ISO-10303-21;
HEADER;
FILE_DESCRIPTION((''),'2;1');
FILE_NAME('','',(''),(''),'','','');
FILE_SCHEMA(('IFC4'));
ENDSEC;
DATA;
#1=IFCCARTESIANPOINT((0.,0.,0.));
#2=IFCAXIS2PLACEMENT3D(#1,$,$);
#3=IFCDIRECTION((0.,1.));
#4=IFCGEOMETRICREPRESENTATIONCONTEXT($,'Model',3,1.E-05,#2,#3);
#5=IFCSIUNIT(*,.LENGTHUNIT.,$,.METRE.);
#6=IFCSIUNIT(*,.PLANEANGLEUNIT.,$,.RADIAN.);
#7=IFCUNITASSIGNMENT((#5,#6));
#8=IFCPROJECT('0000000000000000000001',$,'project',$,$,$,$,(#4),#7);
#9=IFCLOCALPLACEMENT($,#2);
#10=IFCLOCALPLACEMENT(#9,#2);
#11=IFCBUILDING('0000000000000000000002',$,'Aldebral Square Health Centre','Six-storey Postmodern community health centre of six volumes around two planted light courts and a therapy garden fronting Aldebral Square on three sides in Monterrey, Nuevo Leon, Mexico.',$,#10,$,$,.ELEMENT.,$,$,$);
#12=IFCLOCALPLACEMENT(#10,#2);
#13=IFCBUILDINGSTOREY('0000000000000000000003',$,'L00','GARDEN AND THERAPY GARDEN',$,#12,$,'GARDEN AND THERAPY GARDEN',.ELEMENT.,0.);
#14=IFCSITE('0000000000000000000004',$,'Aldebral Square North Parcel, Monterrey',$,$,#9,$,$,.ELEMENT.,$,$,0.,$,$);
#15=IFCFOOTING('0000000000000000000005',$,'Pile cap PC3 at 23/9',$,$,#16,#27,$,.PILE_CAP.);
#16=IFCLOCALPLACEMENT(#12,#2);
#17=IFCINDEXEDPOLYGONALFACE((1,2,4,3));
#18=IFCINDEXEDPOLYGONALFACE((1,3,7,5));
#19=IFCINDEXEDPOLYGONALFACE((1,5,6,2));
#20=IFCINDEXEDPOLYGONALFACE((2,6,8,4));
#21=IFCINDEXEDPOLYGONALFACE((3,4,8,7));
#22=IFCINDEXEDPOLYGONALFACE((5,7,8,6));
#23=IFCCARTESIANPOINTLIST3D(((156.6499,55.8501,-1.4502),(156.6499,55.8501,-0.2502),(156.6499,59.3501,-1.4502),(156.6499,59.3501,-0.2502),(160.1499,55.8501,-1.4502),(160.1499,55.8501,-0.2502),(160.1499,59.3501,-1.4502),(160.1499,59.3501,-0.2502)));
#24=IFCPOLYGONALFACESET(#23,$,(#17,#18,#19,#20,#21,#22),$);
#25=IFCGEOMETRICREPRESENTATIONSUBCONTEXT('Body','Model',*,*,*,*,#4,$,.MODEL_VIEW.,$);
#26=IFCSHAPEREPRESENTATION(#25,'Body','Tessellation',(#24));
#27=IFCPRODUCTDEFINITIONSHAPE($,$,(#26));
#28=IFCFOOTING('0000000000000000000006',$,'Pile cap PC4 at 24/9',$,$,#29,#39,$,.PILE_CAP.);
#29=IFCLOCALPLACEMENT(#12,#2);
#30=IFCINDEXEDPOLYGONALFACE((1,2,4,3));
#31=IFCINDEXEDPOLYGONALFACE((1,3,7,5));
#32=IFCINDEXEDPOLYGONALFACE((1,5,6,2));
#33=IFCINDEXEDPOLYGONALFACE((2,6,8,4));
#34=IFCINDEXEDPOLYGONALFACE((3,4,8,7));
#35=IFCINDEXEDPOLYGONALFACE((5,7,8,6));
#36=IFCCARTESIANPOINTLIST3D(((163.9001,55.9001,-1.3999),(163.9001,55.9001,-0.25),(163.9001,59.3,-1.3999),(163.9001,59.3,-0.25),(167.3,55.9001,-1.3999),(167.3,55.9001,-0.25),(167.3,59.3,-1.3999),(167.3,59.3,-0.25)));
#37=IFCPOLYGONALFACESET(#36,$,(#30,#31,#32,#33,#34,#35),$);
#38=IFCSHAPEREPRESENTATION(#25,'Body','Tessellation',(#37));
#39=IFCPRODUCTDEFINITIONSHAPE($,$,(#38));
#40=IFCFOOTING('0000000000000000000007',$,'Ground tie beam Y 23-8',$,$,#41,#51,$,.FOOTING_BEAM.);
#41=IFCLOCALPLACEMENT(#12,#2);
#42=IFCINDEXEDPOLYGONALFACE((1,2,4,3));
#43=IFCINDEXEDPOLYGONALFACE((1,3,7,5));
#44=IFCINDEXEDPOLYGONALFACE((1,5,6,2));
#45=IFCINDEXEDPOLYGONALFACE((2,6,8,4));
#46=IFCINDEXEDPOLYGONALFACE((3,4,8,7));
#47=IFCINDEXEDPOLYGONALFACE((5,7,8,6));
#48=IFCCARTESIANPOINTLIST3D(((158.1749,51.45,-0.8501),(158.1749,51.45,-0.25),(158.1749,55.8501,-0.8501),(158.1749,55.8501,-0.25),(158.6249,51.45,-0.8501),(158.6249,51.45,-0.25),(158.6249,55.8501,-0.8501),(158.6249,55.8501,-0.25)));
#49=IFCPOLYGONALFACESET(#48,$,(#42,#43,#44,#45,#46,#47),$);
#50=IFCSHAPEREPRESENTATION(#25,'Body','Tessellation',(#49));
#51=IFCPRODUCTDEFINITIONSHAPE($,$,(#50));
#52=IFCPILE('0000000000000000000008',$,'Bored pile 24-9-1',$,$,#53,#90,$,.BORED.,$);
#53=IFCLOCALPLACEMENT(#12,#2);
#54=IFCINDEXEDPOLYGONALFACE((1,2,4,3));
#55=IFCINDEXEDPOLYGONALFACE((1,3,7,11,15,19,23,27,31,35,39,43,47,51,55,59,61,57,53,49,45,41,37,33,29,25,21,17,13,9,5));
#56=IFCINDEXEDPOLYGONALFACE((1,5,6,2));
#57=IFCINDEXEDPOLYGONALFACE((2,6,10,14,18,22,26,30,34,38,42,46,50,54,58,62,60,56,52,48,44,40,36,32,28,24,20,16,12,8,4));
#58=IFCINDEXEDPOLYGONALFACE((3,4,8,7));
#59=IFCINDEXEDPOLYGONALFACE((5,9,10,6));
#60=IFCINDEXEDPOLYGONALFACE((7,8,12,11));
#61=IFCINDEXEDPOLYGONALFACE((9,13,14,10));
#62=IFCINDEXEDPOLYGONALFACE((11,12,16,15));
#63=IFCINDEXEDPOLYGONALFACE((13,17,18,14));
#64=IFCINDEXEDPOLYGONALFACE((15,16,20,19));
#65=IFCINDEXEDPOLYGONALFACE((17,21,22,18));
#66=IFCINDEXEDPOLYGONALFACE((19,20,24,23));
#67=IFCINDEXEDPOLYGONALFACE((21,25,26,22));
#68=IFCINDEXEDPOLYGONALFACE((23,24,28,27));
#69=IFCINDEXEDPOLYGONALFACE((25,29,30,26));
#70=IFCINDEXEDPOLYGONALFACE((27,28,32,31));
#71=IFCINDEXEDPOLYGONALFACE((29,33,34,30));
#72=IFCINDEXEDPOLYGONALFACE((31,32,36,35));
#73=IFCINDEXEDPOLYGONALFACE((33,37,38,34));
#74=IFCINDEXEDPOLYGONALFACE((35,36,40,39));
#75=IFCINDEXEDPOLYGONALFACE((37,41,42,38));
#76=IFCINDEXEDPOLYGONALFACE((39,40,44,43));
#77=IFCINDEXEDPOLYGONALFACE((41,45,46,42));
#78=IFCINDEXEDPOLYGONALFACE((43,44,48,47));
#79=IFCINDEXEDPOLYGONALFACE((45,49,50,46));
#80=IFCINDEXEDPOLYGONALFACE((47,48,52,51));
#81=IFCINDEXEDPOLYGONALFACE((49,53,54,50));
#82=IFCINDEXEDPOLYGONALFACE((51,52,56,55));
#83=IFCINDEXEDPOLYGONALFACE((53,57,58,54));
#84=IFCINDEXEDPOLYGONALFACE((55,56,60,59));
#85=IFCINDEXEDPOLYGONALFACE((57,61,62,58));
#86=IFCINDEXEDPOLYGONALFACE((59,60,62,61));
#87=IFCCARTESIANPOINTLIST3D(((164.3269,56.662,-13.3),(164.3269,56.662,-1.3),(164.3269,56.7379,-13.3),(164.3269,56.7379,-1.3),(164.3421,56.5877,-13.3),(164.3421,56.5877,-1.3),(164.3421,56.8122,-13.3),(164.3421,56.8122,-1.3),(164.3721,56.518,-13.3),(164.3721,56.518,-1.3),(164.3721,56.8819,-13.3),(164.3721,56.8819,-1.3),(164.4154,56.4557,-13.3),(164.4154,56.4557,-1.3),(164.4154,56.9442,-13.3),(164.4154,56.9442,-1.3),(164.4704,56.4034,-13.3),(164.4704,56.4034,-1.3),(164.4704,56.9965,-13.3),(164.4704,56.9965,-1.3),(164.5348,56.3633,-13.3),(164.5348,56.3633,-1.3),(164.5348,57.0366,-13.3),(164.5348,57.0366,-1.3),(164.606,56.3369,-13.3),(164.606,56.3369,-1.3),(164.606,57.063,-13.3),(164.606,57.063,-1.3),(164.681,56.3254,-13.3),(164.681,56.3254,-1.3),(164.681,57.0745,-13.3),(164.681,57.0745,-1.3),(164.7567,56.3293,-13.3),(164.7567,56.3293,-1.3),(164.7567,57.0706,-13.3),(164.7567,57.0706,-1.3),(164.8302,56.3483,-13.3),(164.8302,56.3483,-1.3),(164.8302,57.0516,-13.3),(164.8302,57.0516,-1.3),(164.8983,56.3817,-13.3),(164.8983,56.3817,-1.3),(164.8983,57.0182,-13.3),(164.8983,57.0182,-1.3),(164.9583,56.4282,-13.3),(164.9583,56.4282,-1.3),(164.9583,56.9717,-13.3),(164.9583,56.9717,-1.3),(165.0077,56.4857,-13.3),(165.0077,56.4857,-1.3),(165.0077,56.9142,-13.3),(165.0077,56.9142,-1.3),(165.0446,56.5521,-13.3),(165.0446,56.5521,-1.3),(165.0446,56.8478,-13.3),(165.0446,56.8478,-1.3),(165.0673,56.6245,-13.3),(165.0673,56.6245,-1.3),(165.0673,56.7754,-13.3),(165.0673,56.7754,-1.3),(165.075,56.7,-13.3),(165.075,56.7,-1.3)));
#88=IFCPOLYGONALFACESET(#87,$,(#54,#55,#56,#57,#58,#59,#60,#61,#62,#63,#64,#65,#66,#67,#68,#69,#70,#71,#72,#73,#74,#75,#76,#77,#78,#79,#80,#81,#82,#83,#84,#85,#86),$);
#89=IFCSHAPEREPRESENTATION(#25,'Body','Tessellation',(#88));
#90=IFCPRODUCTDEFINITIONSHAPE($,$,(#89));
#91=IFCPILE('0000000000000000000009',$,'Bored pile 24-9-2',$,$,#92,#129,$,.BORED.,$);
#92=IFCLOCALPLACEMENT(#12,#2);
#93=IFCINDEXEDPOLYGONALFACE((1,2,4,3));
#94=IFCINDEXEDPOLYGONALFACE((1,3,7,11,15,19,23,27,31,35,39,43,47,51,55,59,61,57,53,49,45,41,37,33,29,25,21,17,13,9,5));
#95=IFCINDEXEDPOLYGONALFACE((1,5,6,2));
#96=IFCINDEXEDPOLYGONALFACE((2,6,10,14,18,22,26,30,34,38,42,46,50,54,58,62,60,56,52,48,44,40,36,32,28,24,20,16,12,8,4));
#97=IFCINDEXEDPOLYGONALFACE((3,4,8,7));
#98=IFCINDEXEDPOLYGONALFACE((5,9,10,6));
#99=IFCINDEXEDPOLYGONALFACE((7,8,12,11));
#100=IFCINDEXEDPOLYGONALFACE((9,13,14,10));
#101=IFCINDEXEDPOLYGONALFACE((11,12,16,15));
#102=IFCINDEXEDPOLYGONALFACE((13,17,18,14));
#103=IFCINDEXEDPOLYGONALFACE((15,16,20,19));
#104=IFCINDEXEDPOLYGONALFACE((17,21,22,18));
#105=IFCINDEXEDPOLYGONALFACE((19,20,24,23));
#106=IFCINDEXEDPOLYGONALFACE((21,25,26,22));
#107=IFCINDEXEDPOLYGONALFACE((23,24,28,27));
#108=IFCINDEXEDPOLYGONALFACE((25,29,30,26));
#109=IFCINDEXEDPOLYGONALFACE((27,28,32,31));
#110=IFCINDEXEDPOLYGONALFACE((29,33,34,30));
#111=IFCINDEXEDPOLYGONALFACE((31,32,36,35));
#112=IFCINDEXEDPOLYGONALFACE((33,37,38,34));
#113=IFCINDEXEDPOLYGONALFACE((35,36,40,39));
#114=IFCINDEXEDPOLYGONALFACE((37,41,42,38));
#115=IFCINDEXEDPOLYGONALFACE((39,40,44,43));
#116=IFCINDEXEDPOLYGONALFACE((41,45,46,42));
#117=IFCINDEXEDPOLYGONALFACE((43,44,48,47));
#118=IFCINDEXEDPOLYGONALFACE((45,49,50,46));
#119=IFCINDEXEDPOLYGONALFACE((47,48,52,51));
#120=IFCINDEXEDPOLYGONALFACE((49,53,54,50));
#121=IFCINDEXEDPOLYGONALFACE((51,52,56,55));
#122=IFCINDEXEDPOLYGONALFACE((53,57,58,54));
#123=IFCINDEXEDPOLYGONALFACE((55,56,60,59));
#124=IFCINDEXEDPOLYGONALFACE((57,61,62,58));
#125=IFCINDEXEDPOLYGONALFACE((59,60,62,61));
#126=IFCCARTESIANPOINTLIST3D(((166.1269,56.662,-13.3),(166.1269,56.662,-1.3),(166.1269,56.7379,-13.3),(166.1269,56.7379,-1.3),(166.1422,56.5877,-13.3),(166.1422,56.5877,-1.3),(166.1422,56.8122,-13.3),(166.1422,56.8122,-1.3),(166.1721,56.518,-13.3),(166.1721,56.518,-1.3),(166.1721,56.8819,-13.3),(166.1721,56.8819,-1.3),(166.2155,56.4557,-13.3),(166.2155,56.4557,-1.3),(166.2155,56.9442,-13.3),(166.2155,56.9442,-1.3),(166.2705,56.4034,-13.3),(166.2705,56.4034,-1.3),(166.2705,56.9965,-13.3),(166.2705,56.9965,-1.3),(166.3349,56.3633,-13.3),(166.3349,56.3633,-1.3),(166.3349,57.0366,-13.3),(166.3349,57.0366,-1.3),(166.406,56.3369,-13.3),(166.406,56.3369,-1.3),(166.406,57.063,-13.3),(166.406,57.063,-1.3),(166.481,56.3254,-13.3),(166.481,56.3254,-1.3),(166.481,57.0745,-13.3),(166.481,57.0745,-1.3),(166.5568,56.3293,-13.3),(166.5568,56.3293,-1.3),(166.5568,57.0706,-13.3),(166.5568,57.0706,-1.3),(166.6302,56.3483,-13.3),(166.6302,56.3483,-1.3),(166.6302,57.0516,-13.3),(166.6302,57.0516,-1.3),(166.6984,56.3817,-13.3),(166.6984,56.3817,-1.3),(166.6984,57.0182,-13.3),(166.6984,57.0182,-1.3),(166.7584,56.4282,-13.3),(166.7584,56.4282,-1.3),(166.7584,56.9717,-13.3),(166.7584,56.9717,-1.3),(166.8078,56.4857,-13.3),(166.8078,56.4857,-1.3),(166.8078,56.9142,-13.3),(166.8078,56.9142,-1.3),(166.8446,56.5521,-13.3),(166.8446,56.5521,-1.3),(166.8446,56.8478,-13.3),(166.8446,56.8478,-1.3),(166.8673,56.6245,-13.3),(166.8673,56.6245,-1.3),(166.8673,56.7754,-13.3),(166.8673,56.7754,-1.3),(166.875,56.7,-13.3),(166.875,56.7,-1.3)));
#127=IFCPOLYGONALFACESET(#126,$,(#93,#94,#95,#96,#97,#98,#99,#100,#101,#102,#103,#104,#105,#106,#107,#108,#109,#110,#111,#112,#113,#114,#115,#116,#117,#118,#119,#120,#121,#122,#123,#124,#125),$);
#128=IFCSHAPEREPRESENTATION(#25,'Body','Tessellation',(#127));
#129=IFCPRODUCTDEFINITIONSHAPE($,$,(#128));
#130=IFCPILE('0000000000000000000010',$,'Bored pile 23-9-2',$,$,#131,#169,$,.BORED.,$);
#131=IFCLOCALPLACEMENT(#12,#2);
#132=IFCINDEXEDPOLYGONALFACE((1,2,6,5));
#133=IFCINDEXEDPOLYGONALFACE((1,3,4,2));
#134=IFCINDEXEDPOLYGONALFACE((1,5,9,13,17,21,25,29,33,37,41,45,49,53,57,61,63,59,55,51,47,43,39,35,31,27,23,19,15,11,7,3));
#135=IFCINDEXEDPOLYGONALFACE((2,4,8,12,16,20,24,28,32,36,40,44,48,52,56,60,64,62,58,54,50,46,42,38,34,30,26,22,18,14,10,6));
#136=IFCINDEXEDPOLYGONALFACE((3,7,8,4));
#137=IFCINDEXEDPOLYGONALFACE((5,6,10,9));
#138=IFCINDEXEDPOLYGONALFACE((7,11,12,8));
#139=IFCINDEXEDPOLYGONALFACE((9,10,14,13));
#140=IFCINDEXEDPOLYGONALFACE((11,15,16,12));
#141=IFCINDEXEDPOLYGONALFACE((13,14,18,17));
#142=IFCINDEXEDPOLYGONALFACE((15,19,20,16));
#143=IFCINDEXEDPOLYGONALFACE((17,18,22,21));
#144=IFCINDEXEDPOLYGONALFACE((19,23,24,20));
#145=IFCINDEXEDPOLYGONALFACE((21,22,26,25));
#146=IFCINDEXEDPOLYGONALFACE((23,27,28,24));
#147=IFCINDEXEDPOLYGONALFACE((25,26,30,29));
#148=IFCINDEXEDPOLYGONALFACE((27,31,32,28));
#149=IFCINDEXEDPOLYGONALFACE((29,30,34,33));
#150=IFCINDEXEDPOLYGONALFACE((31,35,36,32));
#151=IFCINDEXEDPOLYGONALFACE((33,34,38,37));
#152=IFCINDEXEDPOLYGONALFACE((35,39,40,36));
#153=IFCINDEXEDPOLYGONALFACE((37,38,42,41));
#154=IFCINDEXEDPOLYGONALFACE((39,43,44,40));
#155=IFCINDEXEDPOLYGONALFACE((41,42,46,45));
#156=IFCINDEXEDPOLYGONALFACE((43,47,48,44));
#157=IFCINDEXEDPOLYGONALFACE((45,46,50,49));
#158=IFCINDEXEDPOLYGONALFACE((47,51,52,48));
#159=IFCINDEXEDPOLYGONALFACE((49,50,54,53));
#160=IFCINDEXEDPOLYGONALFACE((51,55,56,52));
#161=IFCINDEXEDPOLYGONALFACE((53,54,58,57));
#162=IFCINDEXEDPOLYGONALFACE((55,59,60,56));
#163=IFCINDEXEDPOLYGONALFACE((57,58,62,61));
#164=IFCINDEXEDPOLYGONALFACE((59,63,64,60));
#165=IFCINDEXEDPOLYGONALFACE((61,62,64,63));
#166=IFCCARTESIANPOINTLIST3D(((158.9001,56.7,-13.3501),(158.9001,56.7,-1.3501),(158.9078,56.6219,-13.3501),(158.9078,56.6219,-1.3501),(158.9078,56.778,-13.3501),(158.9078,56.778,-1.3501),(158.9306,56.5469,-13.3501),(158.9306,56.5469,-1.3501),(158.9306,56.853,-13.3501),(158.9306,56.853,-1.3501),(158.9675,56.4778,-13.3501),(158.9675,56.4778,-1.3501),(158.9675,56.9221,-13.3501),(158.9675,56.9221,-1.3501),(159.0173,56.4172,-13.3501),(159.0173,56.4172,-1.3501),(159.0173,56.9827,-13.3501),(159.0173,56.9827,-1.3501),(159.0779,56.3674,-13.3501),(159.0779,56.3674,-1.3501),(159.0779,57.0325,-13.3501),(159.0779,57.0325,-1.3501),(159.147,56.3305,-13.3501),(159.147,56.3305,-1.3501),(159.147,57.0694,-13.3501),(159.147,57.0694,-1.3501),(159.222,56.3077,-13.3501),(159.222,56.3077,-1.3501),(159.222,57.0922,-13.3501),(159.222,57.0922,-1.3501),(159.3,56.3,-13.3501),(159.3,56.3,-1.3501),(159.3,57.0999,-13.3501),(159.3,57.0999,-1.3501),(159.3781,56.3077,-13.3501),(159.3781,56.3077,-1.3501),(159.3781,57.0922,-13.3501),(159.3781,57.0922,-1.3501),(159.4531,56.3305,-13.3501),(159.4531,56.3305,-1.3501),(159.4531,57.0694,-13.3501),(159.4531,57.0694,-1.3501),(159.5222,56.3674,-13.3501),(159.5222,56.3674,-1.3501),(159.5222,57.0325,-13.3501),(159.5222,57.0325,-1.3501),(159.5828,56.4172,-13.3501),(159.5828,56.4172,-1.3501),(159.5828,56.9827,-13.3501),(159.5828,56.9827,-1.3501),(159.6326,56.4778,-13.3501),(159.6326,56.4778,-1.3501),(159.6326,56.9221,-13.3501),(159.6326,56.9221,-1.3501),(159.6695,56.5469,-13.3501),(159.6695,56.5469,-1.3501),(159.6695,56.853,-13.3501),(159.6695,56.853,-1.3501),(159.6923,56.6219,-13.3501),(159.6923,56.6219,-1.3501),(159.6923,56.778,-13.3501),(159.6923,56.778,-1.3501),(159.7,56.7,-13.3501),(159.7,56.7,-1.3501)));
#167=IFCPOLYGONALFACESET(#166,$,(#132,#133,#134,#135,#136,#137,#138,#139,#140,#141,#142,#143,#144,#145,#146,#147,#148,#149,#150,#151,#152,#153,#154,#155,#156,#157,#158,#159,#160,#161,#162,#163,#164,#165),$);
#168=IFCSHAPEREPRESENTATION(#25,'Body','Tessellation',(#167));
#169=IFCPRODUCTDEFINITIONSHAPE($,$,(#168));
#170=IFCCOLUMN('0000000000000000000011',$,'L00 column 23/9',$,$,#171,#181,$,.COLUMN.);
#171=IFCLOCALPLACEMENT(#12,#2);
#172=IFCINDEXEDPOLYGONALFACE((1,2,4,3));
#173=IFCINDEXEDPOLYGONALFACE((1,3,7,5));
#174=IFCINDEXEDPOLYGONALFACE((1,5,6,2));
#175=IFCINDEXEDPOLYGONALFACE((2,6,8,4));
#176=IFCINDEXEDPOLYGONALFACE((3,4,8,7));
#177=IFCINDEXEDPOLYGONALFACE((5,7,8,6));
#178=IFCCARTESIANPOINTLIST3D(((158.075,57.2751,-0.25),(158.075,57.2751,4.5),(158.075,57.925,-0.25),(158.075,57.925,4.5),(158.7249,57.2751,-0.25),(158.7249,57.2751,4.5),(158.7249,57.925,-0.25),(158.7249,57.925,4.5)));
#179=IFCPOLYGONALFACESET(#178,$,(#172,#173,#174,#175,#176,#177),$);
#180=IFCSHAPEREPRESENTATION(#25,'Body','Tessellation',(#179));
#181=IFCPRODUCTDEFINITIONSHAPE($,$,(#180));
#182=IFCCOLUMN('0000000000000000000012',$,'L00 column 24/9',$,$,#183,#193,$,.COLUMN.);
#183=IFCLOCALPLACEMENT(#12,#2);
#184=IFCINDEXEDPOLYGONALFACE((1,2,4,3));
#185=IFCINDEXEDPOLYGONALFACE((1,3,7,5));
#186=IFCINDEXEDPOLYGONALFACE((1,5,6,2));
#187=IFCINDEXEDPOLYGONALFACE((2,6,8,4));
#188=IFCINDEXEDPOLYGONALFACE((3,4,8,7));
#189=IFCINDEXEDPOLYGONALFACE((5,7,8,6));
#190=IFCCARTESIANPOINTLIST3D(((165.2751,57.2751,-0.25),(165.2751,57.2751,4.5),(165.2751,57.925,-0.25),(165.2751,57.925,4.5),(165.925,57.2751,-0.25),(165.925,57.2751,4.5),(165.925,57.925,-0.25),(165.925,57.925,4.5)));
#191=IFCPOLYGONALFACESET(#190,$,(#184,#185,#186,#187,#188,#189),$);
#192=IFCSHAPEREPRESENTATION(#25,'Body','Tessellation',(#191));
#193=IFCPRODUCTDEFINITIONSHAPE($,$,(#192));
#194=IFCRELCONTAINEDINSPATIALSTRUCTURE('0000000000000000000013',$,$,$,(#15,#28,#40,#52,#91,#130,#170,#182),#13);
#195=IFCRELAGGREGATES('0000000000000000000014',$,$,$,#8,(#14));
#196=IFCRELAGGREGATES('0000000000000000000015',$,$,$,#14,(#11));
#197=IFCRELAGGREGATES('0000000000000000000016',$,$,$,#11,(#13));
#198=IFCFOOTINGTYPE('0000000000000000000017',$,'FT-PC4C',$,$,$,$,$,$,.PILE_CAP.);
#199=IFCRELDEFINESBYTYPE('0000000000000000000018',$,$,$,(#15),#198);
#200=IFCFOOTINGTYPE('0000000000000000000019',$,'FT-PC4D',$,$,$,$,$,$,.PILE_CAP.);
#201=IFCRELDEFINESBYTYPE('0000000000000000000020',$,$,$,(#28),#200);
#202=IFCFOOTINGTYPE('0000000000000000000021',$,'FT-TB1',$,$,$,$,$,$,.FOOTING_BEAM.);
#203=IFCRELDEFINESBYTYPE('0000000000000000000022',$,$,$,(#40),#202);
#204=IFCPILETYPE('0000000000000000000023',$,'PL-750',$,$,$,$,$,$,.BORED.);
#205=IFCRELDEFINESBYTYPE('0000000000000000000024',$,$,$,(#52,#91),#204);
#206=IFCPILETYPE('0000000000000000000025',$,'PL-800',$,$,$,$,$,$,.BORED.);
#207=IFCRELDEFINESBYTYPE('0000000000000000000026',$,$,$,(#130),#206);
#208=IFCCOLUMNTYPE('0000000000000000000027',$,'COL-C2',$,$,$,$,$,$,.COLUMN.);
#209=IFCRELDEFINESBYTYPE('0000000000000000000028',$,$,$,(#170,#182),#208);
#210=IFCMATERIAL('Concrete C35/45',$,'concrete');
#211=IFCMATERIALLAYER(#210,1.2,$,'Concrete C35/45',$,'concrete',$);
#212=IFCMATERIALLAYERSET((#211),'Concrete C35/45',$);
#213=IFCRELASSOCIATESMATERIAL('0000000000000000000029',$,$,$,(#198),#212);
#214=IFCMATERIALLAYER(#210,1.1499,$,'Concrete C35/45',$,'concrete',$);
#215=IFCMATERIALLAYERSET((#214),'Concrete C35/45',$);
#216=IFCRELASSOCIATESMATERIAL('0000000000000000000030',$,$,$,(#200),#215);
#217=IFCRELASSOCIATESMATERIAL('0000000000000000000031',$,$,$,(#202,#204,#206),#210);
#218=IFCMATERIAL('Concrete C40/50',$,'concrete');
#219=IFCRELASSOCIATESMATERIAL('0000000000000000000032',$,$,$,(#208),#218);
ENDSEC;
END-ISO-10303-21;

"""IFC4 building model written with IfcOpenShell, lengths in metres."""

from ifc_helpers import new_model, si_unit, direction, frame, origin, origin_2d, place, context, subcontext, project, spatial, rectangle, circle, extrude, material, layer, layer_set, material_profile, profile_set, type_object, element, save


model = new_model("IFC4")

# Units and contexts
model_context = context("Model", 3, precision=1e-05, world=origin(), true_north=direction((0.0, 1.0)))
body_context = subcontext(model_context, "Body", "Model", "MODEL_VIEW")
ifc_project = project(units=[si_unit("LENGTHUNIT", "METRE"), si_unit("PLANEANGLEUNIT", "RADIAN")], contexts=[model_context])

# Site, building, storey
site_placement = place(None, origin())
site = spatial("IfcSite", under=ifc_project, at=site_placement, Name="Aldebral Square North Parcel, Monterrey", CompositionType="ELEMENT", RefElevation=0.0)
building_placement = place(site_placement, origin())
building = spatial("IfcBuilding", under=site, at=building_placement, Name="Aldebral Square Health Centre", Description="Six-storey Postmodern community health centre of six volumes around two planted light courts and a therapy garden fronting Aldebral Square on three sides in Monterrey, Nuevo Leon, Mexico.", CompositionType="ELEMENT")
storey_placement = place(building_placement, origin())
storey = spatial("IfcBuildingStorey", under=building, at=storey_placement, Name="L00", Description="GARDEN AND THERAPY GARDEN", LongName="GARDEN AND THERAPY GARDEN", CompositionType="ELEMENT", Elevation=0.0)

# Footings
ifc_material_1 = material(Name="Concrete C35/45", Category="concrete")
ifc_layer_1 = layer(ifc_material_1, 1.2, Name="Concrete C35/45", Category="concrete")
ifc_layer_set_1 = layer_set([ifc_layer_1], Name="Concrete C35/45")
footing_type_1 = type_object("IfcFootingType", Name="FT-PC4C", PredefinedType="PILE_CAP", material=ifc_layer_set_1)
footing_1_placement = place(storey_placement, frame((158.3999, 57.6001, -1.4502), z_axis=(0.0, 0.0, 1.0), x_axis=(1.0, 0.0, 0.0)))
element("IfcFooting", 1, at=footing_1_placement, inside=storey, type_object=footing_type_1, Name="Pile cap PC3 at 23/9", PredefinedType="PILE_CAP", context=body_context, shape_type="SweptSolid", body=[
    extrude(rectangle(XDim=3.5, YDim=3.5, at=origin_2d()), origin(), (0.0, 0.0, 1.0), 1.2),
])
ifc_layer_2 = layer(ifc_material_1, 1.1499, Name="Concrete C35/45", Category="concrete")
ifc_layer_set_2 = layer_set([ifc_layer_2], Name="Concrete C35/45")
footing_type_2 = type_object("IfcFootingType", Name="FT-PC4D", PredefinedType="PILE_CAP", material=ifc_layer_set_2)
footing_2_placement = place(storey_placement, frame((165.6001, 57.6001, -1.3999), z_axis=(0.0, 0.0, 1.0), x_axis=(1.0, 0.0, 0.0)))
element("IfcFooting", 2, at=footing_2_placement, inside=storey, type_object=footing_type_2, Name="Pile cap PC4 at 24/9", PredefinedType="PILE_CAP", context=body_context, shape_type="SweptSolid", body=[
    extrude(rectangle(XDim=3.3999, YDim=3.3999, at=origin_2d()), origin(), (0.0, 0.0, 1.0), 1.1499),
])
ifc_material_profile_1 = material_profile(ifc_material_1, rectangle(XDim=0.45, YDim=0.6001, at=origin_2d()), Name="RC 450x600")
ifc_profile_set_1 = profile_set([ifc_material_profile_1], Name="Concrete C35/45")
footing_type_3 = type_object("IfcFootingType", Name="FT-TB1", PredefinedType="FOOTING_BEAM", material=ifc_profile_set_1)
footing_3_placement = place(storey_placement, frame((158.3999, 51.45, -0.55), z_axis=(0.0, 1.0, 0.0), x_axis=(-1.0, 0.0, 0.0)))
element("IfcFooting", 3, at=footing_3_placement, inside=storey, type_object=footing_type_3, Name="Ground tie beam Y 23-8", PredefinedType="FOOTING_BEAM", context=body_context, shape_type="SweptSolid", body=[
    extrude(rectangle(XDim=0.45, YDim=0.6001, at=origin_2d()), origin(), (0.0, 0.0, 1.0), 4.4001),
])

# Piles
ifc_material_profile_2 = material_profile(ifc_material_1, circle(Radius=0.375, at=origin_2d()), Name="PILE D750")
ifc_profile_set_2 = profile_set([ifc_material_profile_2], Name="Concrete C35/45")
pile_type_1 = type_object("IfcPileType", Name="PL-750", PredefinedType="BORED", material=ifc_profile_set_2)
for number, where, z_axis, x_axis, name in (
    (4, (164.7, 56.7, -1.3), (0.0, 0.0, -1.0), (1.0, 0.0, 0.0), "Bored pile 24-9-1"),
    (5, (166.5, 56.7, -1.3), (0.0, 0.0, -1.0), (1.0, 0.0, 0.0), "Bored pile 24-9-2"),
):
    element("IfcPile", number, at=place(storey_placement, frame(where, z_axis=z_axis, x_axis=x_axis)), inside=storey, type_object=pile_type_1, Name=name, PredefinedType="BORED", context=body_context, shape_type="SweptSolid", body=[
        extrude(circle(Radius=0.375, at=origin_2d()), origin(), (0.0, 0.0, 1.0), 12.0),
    ])
ifc_material_profile_3 = material_profile(ifc_material_1, circle(Radius=0.3999, at=origin_2d()), Name="PILE D800")
ifc_profile_set_3 = profile_set([ifc_material_profile_3], Name="Concrete C35/45")
pile_type_2 = type_object("IfcPileType", Name="PL-800", PredefinedType="BORED", material=ifc_profile_set_3)
pile_placement = place(storey_placement, frame((159.3, 56.7, -1.3501), z_axis=(0.0, 0.0, -1.0), x_axis=(1.0, 0.0, 0.0)))
element("IfcPile", 6, at=pile_placement, inside=storey, type_object=pile_type_2, Name="Bored pile 23-9-2", PredefinedType="BORED", context=body_context, shape_type="SweptSolid", body=[
    extrude(circle(Radius=0.3999, at=origin_2d()), origin(), (0.0, 0.0, 1.0), 12.0),
])

# Columns
ifc_material_2 = material(Name="Concrete C40/50", Category="concrete")
ifc_material_profile_4 = material_profile(ifc_material_2, rectangle(XDim=0.6499, YDim=0.6499, at=origin_2d()), Name="RC 650x650")
ifc_profile_set_4 = profile_set([ifc_material_profile_4], Name="Concrete C40/50")
column_type = type_object("IfcColumnType", Name="COL-C2", PredefinedType="COLUMN", material=ifc_profile_set_4)
for number, where, z_axis, x_axis, name in (
    (7, (158.3999, 57.6001, -0.25), (0.0, 0.0, 1.0), (1.0, 0.0, 0.0), "L00 column 23/9"),
    (8, (165.6001, 57.6001, -0.25), (0.0, 0.0, 1.0), (1.0, 0.0, 0.0), "L00 column 24/9"),
):
    element("IfcColumn", number, at=place(storey_placement, frame(where, z_axis=z_axis, x_axis=x_axis)), inside=storey, type_object=column_type, Name=name, PredefinedType="COLUMN", context=body_context, shape_type="SweptSolid", body=[
        extrude(rectangle(XDim=0.6499, YDim=0.6499, at=origin_2d()), origin(), (0.0, 0.0, 1.0), 4.75),
    ])

save(model, "model.ifc")
